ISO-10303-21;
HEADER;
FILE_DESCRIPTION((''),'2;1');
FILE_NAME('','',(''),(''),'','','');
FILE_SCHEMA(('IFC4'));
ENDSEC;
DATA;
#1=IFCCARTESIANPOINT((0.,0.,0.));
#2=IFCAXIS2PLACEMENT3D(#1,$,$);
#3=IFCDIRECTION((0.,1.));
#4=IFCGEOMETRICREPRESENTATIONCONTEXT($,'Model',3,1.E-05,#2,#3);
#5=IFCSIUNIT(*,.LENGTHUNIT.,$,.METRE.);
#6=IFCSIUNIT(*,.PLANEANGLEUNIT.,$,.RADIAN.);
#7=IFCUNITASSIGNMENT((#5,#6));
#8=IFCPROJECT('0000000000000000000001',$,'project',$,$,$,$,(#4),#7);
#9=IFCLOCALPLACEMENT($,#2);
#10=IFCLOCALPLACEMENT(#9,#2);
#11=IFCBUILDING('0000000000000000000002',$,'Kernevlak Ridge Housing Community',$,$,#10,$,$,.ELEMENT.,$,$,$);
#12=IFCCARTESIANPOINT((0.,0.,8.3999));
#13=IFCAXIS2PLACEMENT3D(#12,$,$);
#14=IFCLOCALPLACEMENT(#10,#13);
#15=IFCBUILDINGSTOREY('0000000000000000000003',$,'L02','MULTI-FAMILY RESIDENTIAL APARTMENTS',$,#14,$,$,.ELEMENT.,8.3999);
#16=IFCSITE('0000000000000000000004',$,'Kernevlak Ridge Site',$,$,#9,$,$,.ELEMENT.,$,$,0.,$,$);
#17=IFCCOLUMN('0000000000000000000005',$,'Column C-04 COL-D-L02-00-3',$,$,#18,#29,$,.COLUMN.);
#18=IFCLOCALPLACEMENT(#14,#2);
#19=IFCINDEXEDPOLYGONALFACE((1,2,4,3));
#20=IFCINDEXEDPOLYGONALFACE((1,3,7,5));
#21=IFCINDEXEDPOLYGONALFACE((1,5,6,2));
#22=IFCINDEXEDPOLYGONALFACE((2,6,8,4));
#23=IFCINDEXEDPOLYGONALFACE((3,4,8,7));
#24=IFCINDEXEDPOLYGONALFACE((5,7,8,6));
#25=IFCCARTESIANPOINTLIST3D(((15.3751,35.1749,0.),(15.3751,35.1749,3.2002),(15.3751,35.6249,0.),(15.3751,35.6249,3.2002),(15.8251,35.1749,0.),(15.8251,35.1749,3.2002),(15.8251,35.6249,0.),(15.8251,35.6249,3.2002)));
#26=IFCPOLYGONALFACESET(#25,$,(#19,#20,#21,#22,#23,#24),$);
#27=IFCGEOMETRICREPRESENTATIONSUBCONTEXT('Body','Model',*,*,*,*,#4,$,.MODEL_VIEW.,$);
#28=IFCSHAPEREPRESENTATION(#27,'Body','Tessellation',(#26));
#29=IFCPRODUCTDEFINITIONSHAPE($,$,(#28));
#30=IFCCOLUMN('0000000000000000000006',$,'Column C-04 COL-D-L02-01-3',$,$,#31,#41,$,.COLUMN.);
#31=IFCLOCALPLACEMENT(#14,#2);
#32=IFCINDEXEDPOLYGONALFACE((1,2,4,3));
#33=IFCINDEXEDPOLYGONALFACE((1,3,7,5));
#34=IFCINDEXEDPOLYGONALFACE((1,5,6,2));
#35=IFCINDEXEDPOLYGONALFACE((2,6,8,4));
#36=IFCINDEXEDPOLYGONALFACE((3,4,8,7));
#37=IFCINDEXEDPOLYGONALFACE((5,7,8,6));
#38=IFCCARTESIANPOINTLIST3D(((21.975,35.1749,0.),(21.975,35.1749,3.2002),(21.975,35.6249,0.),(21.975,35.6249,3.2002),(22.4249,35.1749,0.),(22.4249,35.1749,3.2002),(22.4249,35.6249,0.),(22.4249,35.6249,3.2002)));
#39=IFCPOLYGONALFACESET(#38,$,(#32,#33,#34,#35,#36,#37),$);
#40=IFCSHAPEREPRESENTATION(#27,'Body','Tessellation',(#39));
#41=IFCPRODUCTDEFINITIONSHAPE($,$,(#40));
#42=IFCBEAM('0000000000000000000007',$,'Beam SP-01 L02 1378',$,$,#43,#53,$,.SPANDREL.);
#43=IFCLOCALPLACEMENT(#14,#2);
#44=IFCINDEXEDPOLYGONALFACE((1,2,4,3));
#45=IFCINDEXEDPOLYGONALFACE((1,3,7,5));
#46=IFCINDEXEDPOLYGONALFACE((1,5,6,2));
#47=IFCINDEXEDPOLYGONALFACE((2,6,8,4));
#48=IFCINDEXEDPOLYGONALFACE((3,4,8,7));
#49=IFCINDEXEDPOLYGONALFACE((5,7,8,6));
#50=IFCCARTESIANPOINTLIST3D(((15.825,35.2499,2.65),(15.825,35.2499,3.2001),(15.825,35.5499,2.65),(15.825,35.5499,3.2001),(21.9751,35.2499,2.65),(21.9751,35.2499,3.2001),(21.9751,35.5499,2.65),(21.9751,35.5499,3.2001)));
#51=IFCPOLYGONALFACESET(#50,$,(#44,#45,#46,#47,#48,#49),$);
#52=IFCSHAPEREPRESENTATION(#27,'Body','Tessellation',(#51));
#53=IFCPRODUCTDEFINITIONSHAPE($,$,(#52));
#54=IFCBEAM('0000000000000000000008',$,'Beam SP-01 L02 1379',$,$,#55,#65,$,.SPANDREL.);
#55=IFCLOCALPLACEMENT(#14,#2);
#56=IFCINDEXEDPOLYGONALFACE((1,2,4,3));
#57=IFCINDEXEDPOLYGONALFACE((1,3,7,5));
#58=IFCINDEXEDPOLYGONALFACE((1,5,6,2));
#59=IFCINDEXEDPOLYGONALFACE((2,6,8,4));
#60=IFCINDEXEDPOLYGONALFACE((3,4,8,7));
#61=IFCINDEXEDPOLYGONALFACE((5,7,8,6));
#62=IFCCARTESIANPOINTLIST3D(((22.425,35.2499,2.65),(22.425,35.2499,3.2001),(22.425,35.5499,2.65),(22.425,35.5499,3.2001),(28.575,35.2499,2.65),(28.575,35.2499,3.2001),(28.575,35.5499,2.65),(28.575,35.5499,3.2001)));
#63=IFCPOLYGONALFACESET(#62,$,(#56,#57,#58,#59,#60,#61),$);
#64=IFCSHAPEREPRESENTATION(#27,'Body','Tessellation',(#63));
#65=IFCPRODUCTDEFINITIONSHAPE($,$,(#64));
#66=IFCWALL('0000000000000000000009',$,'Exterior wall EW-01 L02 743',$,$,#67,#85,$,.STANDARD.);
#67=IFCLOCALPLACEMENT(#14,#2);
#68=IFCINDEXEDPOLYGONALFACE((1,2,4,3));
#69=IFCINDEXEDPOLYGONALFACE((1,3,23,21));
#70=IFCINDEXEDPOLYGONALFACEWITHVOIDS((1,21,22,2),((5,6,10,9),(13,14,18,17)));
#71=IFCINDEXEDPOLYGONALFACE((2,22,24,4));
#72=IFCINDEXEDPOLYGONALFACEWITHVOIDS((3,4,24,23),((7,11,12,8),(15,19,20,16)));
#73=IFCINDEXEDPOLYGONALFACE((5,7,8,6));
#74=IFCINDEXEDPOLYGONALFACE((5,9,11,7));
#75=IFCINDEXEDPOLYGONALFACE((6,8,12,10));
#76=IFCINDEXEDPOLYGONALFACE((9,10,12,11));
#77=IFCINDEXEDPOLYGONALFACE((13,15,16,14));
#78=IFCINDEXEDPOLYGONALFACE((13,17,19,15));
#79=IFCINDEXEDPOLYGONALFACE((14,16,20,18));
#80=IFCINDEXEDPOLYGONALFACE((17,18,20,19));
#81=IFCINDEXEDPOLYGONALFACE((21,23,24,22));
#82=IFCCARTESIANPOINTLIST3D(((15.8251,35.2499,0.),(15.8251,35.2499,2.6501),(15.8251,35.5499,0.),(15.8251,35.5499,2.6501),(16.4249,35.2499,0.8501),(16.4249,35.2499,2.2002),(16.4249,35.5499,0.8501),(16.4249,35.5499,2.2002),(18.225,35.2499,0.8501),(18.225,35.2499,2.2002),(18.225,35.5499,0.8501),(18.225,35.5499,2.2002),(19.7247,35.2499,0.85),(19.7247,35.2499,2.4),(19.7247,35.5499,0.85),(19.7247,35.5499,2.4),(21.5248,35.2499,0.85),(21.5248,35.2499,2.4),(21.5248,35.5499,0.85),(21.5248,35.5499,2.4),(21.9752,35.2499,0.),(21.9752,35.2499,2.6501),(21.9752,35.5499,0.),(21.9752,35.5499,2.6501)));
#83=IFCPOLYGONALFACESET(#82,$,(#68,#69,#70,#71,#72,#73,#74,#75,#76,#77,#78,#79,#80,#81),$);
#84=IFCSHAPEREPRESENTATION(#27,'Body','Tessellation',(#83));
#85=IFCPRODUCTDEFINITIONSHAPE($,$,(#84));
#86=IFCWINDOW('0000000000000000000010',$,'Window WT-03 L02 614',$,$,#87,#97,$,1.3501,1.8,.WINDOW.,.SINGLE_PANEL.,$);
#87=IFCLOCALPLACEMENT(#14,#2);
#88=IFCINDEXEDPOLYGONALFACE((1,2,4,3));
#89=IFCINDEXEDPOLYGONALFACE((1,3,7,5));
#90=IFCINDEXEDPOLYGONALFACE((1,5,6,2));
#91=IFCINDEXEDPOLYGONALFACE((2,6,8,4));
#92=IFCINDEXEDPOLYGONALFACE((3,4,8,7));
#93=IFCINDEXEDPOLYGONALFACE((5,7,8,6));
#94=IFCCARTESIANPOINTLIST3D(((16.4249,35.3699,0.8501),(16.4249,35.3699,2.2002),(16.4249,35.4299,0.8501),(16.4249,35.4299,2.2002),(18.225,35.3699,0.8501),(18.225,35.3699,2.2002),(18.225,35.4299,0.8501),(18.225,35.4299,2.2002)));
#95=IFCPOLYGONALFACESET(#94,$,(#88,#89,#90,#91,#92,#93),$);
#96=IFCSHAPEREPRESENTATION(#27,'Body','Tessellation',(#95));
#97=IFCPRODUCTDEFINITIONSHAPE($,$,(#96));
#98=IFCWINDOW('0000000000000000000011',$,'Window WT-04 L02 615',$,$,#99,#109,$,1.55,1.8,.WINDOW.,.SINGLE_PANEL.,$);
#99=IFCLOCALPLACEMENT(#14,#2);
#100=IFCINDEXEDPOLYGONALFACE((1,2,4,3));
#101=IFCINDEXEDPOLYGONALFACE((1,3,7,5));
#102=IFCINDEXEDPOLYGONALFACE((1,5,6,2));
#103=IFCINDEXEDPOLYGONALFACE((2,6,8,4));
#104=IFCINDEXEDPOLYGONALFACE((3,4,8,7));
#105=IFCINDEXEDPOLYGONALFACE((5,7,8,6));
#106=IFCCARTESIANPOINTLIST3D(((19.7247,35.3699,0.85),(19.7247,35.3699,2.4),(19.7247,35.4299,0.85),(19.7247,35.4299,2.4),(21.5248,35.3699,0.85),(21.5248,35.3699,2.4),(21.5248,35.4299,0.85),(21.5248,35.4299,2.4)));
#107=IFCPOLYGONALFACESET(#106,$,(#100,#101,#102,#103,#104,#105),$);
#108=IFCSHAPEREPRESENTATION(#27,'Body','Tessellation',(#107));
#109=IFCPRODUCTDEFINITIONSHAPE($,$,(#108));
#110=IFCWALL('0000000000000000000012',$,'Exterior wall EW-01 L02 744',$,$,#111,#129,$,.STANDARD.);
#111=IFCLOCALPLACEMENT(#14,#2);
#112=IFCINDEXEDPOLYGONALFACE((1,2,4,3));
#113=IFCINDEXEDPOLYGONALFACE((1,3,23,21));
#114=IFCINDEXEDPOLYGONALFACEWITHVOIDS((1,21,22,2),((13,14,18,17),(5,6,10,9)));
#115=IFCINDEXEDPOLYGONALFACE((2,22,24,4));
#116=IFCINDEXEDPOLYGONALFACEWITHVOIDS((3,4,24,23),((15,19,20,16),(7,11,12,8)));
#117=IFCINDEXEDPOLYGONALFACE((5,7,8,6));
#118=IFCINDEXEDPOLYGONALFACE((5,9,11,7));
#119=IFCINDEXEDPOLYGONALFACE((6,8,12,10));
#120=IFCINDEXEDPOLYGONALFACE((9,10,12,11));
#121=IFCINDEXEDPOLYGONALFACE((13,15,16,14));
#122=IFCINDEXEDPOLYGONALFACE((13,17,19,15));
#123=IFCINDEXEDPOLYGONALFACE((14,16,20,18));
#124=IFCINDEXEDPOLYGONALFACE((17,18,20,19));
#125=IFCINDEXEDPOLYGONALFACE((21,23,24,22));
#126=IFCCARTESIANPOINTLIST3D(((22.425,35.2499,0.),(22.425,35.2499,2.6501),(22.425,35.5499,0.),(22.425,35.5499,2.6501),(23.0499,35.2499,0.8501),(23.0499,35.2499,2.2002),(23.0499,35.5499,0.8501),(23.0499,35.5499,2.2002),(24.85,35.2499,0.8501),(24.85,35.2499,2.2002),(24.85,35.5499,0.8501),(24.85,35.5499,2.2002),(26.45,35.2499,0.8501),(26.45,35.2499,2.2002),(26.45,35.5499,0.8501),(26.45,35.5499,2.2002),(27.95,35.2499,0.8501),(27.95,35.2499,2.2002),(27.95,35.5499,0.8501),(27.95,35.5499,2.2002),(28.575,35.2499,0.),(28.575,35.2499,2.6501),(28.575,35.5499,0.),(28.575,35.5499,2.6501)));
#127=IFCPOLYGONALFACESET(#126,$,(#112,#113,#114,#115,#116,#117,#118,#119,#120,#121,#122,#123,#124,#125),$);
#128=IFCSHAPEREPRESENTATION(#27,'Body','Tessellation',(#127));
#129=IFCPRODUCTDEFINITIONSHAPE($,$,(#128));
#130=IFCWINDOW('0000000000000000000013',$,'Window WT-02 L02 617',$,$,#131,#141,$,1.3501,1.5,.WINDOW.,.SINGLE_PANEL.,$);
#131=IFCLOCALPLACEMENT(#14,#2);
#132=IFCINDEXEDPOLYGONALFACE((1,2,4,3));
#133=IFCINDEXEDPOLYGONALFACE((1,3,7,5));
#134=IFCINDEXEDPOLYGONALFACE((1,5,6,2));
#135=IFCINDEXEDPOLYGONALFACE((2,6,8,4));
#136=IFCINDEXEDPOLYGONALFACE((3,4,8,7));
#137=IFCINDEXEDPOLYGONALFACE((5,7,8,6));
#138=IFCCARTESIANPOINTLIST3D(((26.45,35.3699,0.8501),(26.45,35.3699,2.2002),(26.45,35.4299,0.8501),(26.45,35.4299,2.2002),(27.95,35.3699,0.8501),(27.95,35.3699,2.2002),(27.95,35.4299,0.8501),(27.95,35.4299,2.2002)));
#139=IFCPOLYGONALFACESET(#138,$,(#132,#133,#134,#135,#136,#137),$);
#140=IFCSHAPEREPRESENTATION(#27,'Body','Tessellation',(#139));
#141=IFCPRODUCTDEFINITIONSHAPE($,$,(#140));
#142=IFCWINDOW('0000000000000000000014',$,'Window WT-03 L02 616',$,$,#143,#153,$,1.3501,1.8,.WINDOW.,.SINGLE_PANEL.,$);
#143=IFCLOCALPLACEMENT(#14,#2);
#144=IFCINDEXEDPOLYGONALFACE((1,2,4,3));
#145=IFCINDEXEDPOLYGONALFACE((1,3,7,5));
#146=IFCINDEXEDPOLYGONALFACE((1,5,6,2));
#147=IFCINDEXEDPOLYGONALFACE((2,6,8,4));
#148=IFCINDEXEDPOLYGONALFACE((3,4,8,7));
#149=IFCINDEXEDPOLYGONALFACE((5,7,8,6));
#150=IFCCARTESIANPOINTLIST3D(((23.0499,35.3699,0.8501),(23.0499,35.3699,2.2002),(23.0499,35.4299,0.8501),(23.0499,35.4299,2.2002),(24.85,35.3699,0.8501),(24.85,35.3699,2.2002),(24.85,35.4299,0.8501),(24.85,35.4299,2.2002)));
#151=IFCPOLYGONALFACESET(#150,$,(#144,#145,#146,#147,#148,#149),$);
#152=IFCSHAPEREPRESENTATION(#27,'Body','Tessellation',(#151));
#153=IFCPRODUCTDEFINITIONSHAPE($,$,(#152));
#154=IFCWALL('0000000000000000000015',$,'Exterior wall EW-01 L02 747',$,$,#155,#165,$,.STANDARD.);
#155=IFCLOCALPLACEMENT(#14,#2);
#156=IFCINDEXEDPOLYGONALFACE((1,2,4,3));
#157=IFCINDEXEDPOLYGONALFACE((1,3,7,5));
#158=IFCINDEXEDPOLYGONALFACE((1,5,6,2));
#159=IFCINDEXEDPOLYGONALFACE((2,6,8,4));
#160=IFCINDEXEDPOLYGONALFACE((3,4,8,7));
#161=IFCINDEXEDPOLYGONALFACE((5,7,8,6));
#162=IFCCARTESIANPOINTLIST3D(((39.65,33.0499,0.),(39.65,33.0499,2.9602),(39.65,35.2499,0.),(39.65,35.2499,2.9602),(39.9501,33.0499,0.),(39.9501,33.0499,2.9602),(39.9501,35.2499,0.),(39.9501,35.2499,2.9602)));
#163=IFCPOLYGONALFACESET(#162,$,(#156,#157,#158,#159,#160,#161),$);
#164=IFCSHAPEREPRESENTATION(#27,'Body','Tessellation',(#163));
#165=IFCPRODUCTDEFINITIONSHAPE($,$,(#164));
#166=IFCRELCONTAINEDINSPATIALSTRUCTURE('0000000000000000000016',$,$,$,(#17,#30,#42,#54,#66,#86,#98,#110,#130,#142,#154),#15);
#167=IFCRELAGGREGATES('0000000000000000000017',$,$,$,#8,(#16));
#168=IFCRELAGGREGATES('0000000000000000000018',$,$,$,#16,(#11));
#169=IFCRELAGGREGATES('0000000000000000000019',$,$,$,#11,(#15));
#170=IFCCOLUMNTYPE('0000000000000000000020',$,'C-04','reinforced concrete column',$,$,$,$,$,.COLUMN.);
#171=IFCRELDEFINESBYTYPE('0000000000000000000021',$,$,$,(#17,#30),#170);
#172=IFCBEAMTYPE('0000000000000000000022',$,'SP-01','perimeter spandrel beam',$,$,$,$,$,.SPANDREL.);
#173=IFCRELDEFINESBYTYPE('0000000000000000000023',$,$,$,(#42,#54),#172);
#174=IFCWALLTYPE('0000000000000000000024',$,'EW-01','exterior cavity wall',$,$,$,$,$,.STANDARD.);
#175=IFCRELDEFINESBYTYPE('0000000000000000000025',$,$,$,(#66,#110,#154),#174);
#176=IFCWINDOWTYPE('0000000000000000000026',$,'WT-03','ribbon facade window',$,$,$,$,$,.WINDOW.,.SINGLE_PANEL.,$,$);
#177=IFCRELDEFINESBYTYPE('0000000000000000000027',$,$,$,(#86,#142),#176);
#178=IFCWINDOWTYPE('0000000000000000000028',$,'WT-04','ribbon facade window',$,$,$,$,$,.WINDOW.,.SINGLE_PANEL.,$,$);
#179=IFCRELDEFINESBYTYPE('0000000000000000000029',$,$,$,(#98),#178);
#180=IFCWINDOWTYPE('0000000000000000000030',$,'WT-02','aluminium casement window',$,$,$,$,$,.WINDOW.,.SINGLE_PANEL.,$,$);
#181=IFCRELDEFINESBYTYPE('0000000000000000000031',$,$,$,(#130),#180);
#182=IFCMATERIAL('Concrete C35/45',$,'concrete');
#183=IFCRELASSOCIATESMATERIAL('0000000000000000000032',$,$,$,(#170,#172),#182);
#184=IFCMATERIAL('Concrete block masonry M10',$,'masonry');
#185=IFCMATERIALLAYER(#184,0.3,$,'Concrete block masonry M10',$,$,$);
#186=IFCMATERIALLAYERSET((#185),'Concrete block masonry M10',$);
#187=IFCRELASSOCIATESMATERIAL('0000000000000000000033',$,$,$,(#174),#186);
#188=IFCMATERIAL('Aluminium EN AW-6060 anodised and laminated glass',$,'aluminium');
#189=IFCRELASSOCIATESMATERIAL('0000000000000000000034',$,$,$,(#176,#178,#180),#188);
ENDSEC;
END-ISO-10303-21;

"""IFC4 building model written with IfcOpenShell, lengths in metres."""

from ifc_helpers import new_model, si_unit, direction, frame, frame_2d, origin, origin_2d, place, context, subcontext, project, spatial, rectangle, extrude, material, layer, layer_set, material_profile, profile_set, type_object, element, fill, save


model = new_model("IFC4")

# Units and contexts
model_context = context("Model", 3, precision=1e-05, world=origin(), true_north=direction((0.0, 1.0)))
body_context = subcontext(model_context, "Body", "Model", "MODEL_VIEW")
ifc_project = project(units=[si_unit("LENGTHUNIT", "METRE"), si_unit("PLANEANGLEUNIT", "RADIAN")], contexts=[model_context])

# Site, building, storey
site_placement = place(None, origin())
site = spatial("IfcSite", under=ifc_project, at=site_placement, Name="Kernevlak Ridge Site", CompositionType="ELEMENT", RefElevation=0.0)
building_placement = place(site_placement, origin())
building = spatial("IfcBuilding", under=site, at=building_placement, Name="Kernevlak Ridge Housing Community", CompositionType="ELEMENT")
storey_placement = place(building_placement, frame((0.0, 0.0, 8.3999)))
storey = spatial("IfcBuildingStorey", under=building, at=storey_placement, Name="L02", Description="MULTI-FAMILY RESIDENTIAL APARTMENTS", CompositionType="ELEMENT", Elevation=8.3999)

# Columns
ifc_material_1 = material(Name="Concrete C35/45", Category="concrete")
ifc_material_profile_1 = material_profile(ifc_material_1, rectangle(XDim=0.45, YDim=0.45, at=origin_2d()), Name="RC 450x450")
ifc_profile_set_1 = profile_set([ifc_material_profile_1], Name="Concrete C35/45")
column_type = type_object("IfcColumnType", Name="C-04", Description="reinforced concrete column", PredefinedType="COLUMN", material=ifc_profile_set_1)
for number, where, z_axis, x_axis, name in (
    (1, (15.6001, 35.3999, 0.0), (0.0, 0.0, 1.0), (1.0, 0.0, 0.0), "Column C-04 COL-D-L02-00-3"),
    (2, (22.2, 35.3999, 0.0), (0.0, 0.0, 1.0), (1.0, 0.0, 0.0), "Column C-04 COL-D-L02-01-3"),
):
    element("IfcColumn", number, at=place(storey_placement, frame(where, z_axis=z_axis, x_axis=x_axis)), inside=storey, type_object=column_type, Name=name, PredefinedType="COLUMN", context=body_context, shape_type="SweptSolid", body=[
        extrude(rectangle(XDim=0.45, YDim=0.45, at=origin_2d()), origin(), (0.0, 0.0, 1.0), 3.2002),
    ])

# Beams
ifc_material_profile_2 = material_profile(ifc_material_1, rectangle(XDim=0.3, YDim=0.55, at=origin_2d()), Name="RC 300x550")
ifc_profile_set_2 = profile_set([ifc_material_profile_2], Name="Concrete C35/45")
beam_type = type_object("IfcBeamType", Name="SP-01", Description="perimeter spandrel beam", PredefinedType="SPANDREL", material=ifc_profile_set_2)
beam_1_placement = place(storey_placement, frame((15.825, 35.3999, 2.925), z_axis=(1.0, 0.0, 0.0), x_axis=(0.0, 1.0, 0.0)))
element("IfcBeam", 3, at=beam_1_placement, inside=storey, type_object=beam_type, Name="Beam SP-01 L02 1378", PredefinedType="SPANDREL", context=body_context, shape_type="SweptSolid", body=[
    extrude(rectangle(XDim=0.3, YDim=0.55, at=origin_2d()), origin(), (0.0, 0.0, 1.0), 6.1501),
])
beam_2_placement = place(storey_placement, frame((22.425, 35.3999, 2.925), z_axis=(1.0, 0.0, 0.0), x_axis=(0.0, 1.0, 0.0)))
element("IfcBeam", 4, at=beam_2_placement, inside=storey, type_object=beam_type, Name="Beam SP-01 L02 1379", PredefinedType="SPANDREL", context=body_context, shape_type="SweptSolid", body=[
    extrude(rectangle(XDim=0.3, YDim=0.55, at=origin_2d()), origin(), (0.0, 0.0, 1.0), 6.1499),
])

# Walls, openings, windows
ifc_material_2 = material(Name="Concrete block masonry M10", Category="masonry")
ifc_layer_1 = layer(ifc_material_2, 0.3, Name="Concrete block masonry M10")
ifc_layer_set_1 = layer_set([ifc_layer_1], Name="Concrete block masonry M10")
wall_type_1 = type_object("IfcWallType", Name="EW-01", Description="exterior cavity wall", PredefinedType="STANDARD", material=ifc_layer_set_1)
wall_1_placement = place(storey_placement, frame((15.825, 35.3999, 0.0), z_axis=(0.0, 0.0, 1.0), x_axis=(1.0, 0.0, 0.0)))
wall_1 = element("IfcWall", 5, at=wall_1_placement, inside=storey, type_object=wall_type_1, Name="Exterior wall EW-01 L02 743", PredefinedType="STANDARD", context=body_context, shape_type="SweptSolid", body=[
    extrude(rectangle(XDim=6.1501, YDim=0.3, at=frame_2d((3.0752, 0.0))), origin(), (0.0, 0.0, 1.0), 2.6501),
])
opening_1_placement = place(wall_1_placement, frame((0.6001, 0.0, 0.8501)))
opening_1 = element("IfcOpeningElement", 6, at=opening_1_placement, cuts=wall_1, PredefinedType="OPENING", context=body_context, shape_type="SweptSolid", body=[
    extrude(rectangle(XDim=1.8, YDim=1.3501, at=frame_2d((0.8999, 0.675))), frame((0.0, 0.1599, 0.0), z_axis=(0.0, -1.0, 0.0), x_axis=(1.0, 0.0, 0.0)), (0.0, 0.0, 1.0), 0.3201),
])
opening_2_placement = place(wall_1_placement, frame((3.8999, 0.0, 0.8501)))
opening_2 = element("IfcOpeningElement", 7, at=opening_2_placement, cuts=wall_1, PredefinedType="OPENING", context=body_context, shape_type="SweptSolid", body=[
    extrude(rectangle(XDim=1.8, YDim=1.55, at=frame_2d((0.8999, 0.7749))), frame((0.0, 0.1599, 0.0), z_axis=(0.0, -1.0, 0.0), x_axis=(1.0, 0.0, 0.0)), (0.0, 0.0, 1.0), 0.3201),
])
ifc_material_3 = material(Name="Aluminium EN AW-6060 anodised and laminated glass", Category="aluminium")
window_type_1 = type_object("IfcWindowType", Name="WT-03", Description="ribbon facade window", PartitioningType="SINGLE_PANEL", PredefinedType="WINDOW", material=ifc_material_3)
window_1_placement = place(opening_1_placement, origin())
window_1 = element("IfcWindow", 8, at=window_1_placement, inside=storey, type_object=window_type_1, Name="Window WT-03 L02 614", OverallHeight=1.3501, OverallWidth=1.8, PartitioningType="SINGLE_PANEL", PredefinedType="WINDOW", context=body_context, shape_type="SweptSolid", body=[
    extrude(rectangle(XDim=1.8, YDim=1.3501, at=frame_2d((0.8999, 0.675))), frame((0.0, 0.03, 0.0), z_axis=(0.0, -1.0, 0.0), x_axis=(1.0, 0.0, 0.0)), (0.0, 0.0, 1.0), 0.0601),
])
fill(opening_1, window_1)
window_type_2 = type_object("IfcWindowType", Name="WT-04", Description="ribbon facade window", PartitioningType="SINGLE_PANEL", PredefinedType="WINDOW", material=ifc_material_3)
window_2_placement = place(opening_2_placement, origin())
window_2 = element("IfcWindow", 9, at=window_2_placement, inside=storey, type_object=window_type_2, Name="Window WT-04 L02 615", OverallHeight=1.55, OverallWidth=1.8, PartitioningType="SINGLE_PANEL", PredefinedType="WINDOW", context=body_context, shape_type="SweptSolid", body=[
    extrude(rectangle(XDim=1.8, YDim=1.55, at=frame_2d((0.8999, 0.7749))), frame((0.0, 0.03, 0.0), z_axis=(0.0, -1.0, 0.0), x_axis=(1.0, 0.0, 0.0)), (0.0, 0.0, 1.0), 0.0601),
])
fill(opening_2, window_2)
wall_2_placement = place(storey_placement, frame((22.425, 35.3999, 0.0), z_axis=(0.0, 0.0, 1.0), x_axis=(1.0, 0.0, 0.0)))
wall_2 = element("IfcWall", 10, at=wall_2_placement, inside=storey, type_object=wall_type_1, Name="Exterior wall EW-01 L02 744", PredefinedType="STANDARD", context=body_context, shape_type="SweptSolid", body=[
    extrude(rectangle(XDim=6.1499, YDim=0.3, at=frame_2d((3.075, 0.0))), origin(), (0.0, 0.0, 1.0), 2.6501),
])
opening_3_placement = place(wall_2_placement, frame((0.625, 0.0, 0.8501)))
opening_3 = element("IfcOpeningElement", 11, at=opening_3_placement, cuts=wall_2, PredefinedType="OPENING", context=body_context, shape_type="SweptSolid", body=[
    extrude(rectangle(XDim=1.8, YDim=1.3501, at=frame_2d((0.8999, 0.675))), frame((0.0, 0.1599, 0.0), z_axis=(0.0, -1.0, 0.0), x_axis=(1.0, 0.0, 0.0)), (0.0, 0.0, 1.0), 0.3201),
])
opening_4_placement = place(wall_2_placement, frame((4.0249, 0.0, 0.8501)))
opening_4 = element("IfcOpeningElement", 12, at=opening_4_placement, cuts=wall_2, PredefinedType="OPENING", context=body_context, shape_type="SweptSolid", body=[
    extrude(rectangle(XDim=1.5, YDim=1.3501, at=frame_2d((0.75, 0.675))), frame((0.0, 0.1599, 0.0), z_axis=(0.0, -1.0, 0.0), x_axis=(1.0, 0.0, 0.0)), (0.0, 0.0, 1.0), 0.3201),
])
window_type_3 = type_object("IfcWindowType", Name="WT-02", Description="aluminium casement window", PartitioningType="SINGLE_PANEL", PredefinedType="WINDOW", material=ifc_material_3)
window_3_placement = place(opening_4_placement, origin())
window_3 = element("IfcWindow", 13, at=window_3_placement, inside=storey, type_object=window_type_3, Name="Window WT-02 L02 617", OverallHeight=1.3501, OverallWidth=1.5, PartitioningType="SINGLE_PANEL", PredefinedType="WINDOW", context=body_context, shape_type="SweptSolid", body=[
    extrude(rectangle(XDim=1.5, YDim=1.3501, at=frame_2d((0.75, 0.675))), frame((0.0, 0.03, 0.0), z_axis=(0.0, -1.0, 0.0), x_axis=(1.0, 0.0, 0.0)), (0.0, 0.0, 1.0), 0.0601),
])
fill(opening_4, window_3)
window_4_placement = place(opening_3_placement, origin())
window_4 = element("IfcWindow", 14, at=window_4_placement, inside=storey, type_object=window_type_1, Name="Window WT-03 L02 616", OverallHeight=1.3501, OverallWidth=1.8, PartitioningType="SINGLE_PANEL", PredefinedType="WINDOW", context=body_context, shape_type="SweptSolid", body=[
    extrude(rectangle(XDim=1.8, YDim=1.3501, at=frame_2d((0.8999, 0.675))), frame((0.0, 0.03, 0.0), z_axis=(0.0, -1.0, 0.0), x_axis=(1.0, 0.0, 0.0)), (0.0, 0.0, 1.0), 0.0601),
])
fill(opening_3, window_4)

# Wall
wall_3_placement = place(storey_placement, frame((39.8, 35.25, 0.0), z_axis=(0.0, 0.0, 1.0), x_axis=(0.0, -1.0, 0.0)))
element("IfcWall", 15, at=wall_3_placement, inside=storey, type_object=wall_type_1, Name="Exterior wall EW-01 L02 747", PredefinedType="STANDARD", context=body_context, shape_type="SweptSolid", body=[
    extrude(rectangle(XDim=2.2, YDim=0.3, at=frame_2d((1.1001, 0.0))), origin(), (0.0, 0.0, 1.0), 2.9602),
])

save(model, "model.ifc")
